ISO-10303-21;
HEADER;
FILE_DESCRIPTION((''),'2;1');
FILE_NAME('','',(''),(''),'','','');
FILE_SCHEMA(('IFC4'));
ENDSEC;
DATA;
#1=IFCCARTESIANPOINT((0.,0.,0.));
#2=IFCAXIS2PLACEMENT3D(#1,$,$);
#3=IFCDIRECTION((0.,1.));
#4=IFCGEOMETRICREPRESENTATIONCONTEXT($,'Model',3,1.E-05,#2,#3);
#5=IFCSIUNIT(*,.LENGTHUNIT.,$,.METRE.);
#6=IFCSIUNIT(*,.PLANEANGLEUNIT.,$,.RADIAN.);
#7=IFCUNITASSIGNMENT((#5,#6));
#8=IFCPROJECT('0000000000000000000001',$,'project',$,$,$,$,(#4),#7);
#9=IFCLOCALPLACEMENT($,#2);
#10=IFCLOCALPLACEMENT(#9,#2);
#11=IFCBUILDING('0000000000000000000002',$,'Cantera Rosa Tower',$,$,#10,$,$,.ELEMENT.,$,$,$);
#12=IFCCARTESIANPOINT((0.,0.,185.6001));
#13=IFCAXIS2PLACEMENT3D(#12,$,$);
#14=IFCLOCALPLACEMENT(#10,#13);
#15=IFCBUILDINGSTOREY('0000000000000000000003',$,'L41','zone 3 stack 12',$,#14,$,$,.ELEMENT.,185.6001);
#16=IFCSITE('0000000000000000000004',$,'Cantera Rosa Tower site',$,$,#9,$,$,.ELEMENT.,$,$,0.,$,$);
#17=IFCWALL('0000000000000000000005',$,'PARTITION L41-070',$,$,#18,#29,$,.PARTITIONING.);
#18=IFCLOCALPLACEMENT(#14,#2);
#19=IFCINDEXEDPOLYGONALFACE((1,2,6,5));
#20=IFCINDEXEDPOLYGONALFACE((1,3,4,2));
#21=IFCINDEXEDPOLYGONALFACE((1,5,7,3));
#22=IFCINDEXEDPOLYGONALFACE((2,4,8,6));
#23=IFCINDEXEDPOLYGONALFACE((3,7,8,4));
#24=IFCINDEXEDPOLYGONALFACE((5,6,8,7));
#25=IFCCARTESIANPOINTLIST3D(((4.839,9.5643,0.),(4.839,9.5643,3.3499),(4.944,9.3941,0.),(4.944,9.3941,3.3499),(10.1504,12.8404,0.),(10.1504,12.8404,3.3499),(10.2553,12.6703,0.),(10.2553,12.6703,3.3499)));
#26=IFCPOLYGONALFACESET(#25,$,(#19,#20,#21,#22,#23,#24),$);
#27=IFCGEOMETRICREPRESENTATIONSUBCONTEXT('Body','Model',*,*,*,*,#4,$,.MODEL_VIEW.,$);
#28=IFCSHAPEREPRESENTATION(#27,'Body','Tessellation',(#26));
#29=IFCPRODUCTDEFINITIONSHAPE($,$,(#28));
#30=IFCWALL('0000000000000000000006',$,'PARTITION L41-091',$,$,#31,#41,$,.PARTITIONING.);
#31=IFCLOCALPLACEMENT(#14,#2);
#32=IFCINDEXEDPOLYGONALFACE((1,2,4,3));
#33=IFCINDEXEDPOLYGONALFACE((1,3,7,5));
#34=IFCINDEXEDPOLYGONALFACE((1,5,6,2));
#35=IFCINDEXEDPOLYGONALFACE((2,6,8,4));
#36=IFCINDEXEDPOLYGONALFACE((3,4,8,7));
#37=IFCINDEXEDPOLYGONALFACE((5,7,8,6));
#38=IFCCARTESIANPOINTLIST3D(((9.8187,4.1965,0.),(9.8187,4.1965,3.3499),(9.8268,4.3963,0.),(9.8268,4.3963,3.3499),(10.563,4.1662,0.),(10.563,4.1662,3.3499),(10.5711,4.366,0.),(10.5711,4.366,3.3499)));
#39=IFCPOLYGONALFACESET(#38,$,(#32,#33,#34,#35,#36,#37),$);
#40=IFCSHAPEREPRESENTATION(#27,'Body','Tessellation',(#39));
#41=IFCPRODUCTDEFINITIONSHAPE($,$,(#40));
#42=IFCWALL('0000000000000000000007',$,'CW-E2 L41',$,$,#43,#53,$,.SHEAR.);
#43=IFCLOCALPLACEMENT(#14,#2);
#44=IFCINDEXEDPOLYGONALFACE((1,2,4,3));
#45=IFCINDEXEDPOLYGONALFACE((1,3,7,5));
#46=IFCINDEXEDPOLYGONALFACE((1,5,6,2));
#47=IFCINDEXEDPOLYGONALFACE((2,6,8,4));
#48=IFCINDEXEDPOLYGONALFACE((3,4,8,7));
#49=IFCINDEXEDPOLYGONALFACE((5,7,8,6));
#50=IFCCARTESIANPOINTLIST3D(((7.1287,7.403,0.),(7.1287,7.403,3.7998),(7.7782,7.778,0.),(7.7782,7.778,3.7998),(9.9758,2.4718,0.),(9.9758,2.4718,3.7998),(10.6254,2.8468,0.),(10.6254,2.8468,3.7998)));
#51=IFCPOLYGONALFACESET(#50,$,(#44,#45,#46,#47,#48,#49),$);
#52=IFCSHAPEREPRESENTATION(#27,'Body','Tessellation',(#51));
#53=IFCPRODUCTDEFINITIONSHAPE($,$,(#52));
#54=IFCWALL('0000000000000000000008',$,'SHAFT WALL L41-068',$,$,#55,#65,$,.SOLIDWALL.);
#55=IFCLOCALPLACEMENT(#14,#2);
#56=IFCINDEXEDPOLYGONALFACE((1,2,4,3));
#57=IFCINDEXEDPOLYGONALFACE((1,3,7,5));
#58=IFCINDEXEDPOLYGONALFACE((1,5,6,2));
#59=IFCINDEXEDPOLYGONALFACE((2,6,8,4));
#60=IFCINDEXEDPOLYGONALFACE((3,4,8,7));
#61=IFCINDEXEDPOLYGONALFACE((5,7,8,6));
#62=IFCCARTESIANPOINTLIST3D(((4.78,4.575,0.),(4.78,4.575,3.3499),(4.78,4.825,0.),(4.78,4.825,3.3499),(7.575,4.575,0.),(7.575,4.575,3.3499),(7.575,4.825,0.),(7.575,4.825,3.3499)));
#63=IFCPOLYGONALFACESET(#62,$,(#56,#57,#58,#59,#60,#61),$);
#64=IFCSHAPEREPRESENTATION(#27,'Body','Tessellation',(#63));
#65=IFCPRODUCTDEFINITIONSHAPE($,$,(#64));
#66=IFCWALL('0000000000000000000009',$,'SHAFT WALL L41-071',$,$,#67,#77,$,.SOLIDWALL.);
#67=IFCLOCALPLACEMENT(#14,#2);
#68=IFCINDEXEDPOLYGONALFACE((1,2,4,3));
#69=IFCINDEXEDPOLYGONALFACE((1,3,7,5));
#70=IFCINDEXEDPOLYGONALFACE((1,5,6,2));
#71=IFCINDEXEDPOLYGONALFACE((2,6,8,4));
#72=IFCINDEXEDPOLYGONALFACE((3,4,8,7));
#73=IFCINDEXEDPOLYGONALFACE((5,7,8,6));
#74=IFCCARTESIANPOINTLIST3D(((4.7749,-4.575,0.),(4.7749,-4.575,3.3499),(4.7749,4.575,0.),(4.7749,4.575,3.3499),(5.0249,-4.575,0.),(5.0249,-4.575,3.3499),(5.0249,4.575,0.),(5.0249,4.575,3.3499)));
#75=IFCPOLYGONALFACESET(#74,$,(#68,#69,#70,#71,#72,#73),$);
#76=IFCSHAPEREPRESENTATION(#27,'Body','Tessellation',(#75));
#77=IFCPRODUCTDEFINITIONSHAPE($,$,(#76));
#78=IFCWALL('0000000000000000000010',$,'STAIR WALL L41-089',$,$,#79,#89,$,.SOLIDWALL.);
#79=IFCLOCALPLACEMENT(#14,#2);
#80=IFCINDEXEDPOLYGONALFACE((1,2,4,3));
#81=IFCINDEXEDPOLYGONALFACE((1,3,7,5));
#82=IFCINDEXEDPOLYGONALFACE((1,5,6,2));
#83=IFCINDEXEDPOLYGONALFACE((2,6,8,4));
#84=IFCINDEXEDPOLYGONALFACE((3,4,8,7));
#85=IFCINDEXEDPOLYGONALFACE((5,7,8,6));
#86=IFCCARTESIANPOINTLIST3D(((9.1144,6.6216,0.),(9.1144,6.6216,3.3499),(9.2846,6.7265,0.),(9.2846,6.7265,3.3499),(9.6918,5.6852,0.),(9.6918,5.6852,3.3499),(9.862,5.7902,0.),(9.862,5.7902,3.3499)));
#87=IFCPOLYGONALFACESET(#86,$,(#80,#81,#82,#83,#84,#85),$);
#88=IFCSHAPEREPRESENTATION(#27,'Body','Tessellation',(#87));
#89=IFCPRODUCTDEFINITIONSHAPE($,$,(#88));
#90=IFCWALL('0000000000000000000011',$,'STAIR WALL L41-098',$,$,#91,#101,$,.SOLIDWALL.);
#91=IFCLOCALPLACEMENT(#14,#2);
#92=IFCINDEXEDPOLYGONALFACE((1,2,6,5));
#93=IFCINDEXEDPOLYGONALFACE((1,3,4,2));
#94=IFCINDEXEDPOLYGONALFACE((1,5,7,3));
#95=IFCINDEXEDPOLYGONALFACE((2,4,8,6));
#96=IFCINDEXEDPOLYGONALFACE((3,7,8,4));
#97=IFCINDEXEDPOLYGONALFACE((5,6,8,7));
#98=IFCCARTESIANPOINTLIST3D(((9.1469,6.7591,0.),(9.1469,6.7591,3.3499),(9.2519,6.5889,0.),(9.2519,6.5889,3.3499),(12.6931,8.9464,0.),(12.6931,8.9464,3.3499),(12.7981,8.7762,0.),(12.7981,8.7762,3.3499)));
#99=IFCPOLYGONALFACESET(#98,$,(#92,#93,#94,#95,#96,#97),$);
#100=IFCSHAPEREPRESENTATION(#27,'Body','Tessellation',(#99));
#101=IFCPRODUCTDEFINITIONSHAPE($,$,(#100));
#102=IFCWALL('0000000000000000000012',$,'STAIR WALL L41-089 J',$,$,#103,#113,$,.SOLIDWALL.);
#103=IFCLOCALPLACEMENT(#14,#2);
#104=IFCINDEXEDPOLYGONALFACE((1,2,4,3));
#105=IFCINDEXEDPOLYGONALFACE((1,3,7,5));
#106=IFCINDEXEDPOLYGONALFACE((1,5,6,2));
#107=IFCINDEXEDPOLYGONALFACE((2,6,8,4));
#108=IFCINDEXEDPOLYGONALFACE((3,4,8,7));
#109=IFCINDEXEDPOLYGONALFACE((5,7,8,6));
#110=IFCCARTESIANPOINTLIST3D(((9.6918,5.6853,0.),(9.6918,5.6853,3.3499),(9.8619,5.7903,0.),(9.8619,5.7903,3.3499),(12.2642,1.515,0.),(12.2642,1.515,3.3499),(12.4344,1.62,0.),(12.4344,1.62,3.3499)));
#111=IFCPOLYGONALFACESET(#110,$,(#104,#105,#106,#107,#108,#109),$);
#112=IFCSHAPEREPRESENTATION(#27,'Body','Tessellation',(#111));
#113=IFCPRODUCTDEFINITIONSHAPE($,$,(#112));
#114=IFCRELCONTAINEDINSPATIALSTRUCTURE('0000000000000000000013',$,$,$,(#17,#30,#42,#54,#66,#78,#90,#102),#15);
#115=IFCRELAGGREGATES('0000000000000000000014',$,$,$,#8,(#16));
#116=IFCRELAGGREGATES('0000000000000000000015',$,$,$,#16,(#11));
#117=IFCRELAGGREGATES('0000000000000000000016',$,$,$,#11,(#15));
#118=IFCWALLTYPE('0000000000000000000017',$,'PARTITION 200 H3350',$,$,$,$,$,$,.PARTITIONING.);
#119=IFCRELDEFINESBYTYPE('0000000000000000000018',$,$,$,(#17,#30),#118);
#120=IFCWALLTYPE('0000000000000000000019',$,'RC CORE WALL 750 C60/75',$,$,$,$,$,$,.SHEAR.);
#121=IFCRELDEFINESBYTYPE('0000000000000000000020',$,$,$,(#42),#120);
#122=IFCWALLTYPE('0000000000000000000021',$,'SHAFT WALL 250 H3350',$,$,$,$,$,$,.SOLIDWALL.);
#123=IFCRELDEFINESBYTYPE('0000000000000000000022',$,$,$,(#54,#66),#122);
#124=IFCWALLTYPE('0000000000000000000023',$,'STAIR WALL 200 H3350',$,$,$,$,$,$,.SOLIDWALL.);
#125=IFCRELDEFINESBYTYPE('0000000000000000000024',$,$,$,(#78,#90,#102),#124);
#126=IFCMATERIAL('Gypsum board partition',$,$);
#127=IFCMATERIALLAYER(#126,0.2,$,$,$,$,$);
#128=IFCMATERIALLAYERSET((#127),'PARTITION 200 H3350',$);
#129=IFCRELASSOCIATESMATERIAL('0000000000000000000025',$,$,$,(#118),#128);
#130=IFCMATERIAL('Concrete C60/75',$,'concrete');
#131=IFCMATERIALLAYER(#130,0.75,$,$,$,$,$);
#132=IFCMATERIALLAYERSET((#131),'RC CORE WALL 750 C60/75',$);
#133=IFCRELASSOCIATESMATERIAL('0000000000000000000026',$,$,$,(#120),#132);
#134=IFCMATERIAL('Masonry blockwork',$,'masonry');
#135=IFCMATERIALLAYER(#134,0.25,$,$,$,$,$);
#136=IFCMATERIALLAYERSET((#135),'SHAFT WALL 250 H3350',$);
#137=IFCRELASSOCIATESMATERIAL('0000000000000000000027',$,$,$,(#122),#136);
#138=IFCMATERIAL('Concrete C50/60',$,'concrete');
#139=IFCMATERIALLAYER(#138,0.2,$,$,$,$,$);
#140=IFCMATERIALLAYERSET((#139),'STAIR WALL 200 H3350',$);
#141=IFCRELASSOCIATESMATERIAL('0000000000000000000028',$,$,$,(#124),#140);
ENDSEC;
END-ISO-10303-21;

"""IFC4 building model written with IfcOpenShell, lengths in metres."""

from ifc_helpers import new_model, si_unit, direction, frame, frame_2d, origin, place, context, subcontext, project, spatial, rectangle, extrude, material, layer, layer_set, type_object, element, save


model = new_model("IFC4")

# Units and contexts
model_context = context("Model", 3, precision=1e-05, world=origin(), true_north=direction((0.0, 1.0)))
body_context = subcontext(model_context, "Body", "Model", "MODEL_VIEW")
ifc_project = project(units=[si_unit("LENGTHUNIT", "METRE"), si_unit("PLANEANGLEUNIT", "RADIAN")], contexts=[model_context])

# Site, building, storey
site_placement = place(None, origin())
site = spatial("IfcSite", under=ifc_project, at=site_placement, Name="Cantera Rosa Tower site", CompositionType="ELEMENT", RefElevation=0.0)
building_placement = place(site_placement, origin())
building = spatial("IfcBuilding", under=site, at=building_placement, Name="Cantera Rosa Tower", CompositionType="ELEMENT")
storey_placement = place(building_placement, frame((0.0, 0.0, 185.6001)))
storey = spatial("IfcBuildingStorey", under=building, at=storey_placement, Name="L41", Description="zone 3 stack 12", CompositionType="ELEMENT", Elevation=185.6001)

# Walls
ifc_material_1 = material(Name="Gypsum board partition")
ifc_layer_1 = layer(ifc_material_1, 0.2)
ifc_layer_set_1 = layer_set([ifc_layer_1], Name="PARTITION 200 H3350")
wall_type_1 = type_object("IfcWallType", Name="PARTITION 200 H3350", PredefinedType="PARTITIONING", material=ifc_layer_set_1)
wall_1_placement = place(storey_placement, frame((4.8916, 9.4792, 0.0), z_axis=(0.0, 0.0, 1.0), x_axis=(0.851111, 0.524986, 0.0)))
element("IfcWall", 1, at=wall_1_placement, inside=storey, type_object=wall_type_1, Name="PARTITION L41-070", PredefinedType="PARTITIONING", context=body_context, shape_type="SweptSolid", body=[
    extrude(rectangle(XDim=6.2405, YDim=0.2, at=frame_2d((3.1201, 0.0))), origin(), (0.0, 0.0, 1.0), 3.3499),
])
wall_2_placement = place(storey_placement, frame((10.5671, 4.2661, 0.0), z_axis=(0.0, 0.0, 1.0), x_axis=(-0.999173, 0.040649, 0.0)))
element("IfcWall", 2, at=wall_2_placement, inside=storey, type_object=wall_type_1, Name="PARTITION L41-091", PredefinedType="PARTITIONING", context=body_context, shape_type="SweptSolid", body=[
    extrude(rectangle(XDim=0.7449, YDim=0.2, at=frame_2d((0.3726, 0.0))), origin(), (0.0, 0.0, 1.0), 3.3499),
])
ifc_material_2 = material(Name="Concrete C60/75", Category="concrete")
ifc_layer_2 = layer(ifc_material_2, 0.75)
ifc_layer_set_2 = layer_set([ifc_layer_2], Name="RC CORE WALL 750 C60/75")
wall_type_2 = type_object("IfcWallType", Name="RC CORE WALL 750 C60/75", PredefinedType="SHEAR", material=ifc_layer_set_2)
wall_3_placement = place(storey_placement, frame((7.4534, 7.5906, 0.0), z_axis=(0.0, 0.0, 1.0), x_axis=(0.500022, -0.866013, 0.0)))
element("IfcWall", 3, at=wall_3_placement, inside=storey, type_object=wall_type_2, Name="CW-E2 L41", PredefinedType="SHEAR", context=body_context, shape_type="SweptSolid", body=[
    extrude(rectangle(XDim=5.6941, YDim=0.75, at=frame_2d((2.8472, 0.0))), origin(), (0.0, 0.0, 1.0), 3.7998),
])
ifc_material_3 = material(Name="Masonry blockwork", Category="masonry")
ifc_layer_3 = layer(ifc_material_3, 0.25)
ifc_layer_set_3 = layer_set([ifc_layer_3], Name="SHAFT WALL 250 H3350")
wall_type_3 = type_object("IfcWallType", Name="SHAFT WALL 250 H3350", PredefinedType="SOLIDWALL", material=ifc_layer_set_3)
wall_4_placement = place(storey_placement, frame((4.78, 4.7, 0.0), z_axis=(0.0, 0.0, 1.0), x_axis=(1.0, 0.0, 0.0)))
element("IfcWall", 4, at=wall_4_placement, inside=storey, type_object=wall_type_3, Name="SHAFT WALL L41-068", PredefinedType="SOLIDWALL", context=body_context, shape_type="SweptSolid", body=[
    extrude(rectangle(XDim=2.7949, YDim=0.25, at=frame_2d((1.3975, 0.0))), origin(), (0.0, 0.0, 1.0), 3.3499),
])
wall_5_placement = place(storey_placement, frame((4.8999, 4.575, 0.0), z_axis=(0.0, 0.0, 1.0), x_axis=(0.0, -1.0, 0.0)))
element("IfcWall", 5, at=wall_5_placement, inside=storey, type_object=wall_type_3, Name="SHAFT WALL L41-071", PredefinedType="SOLIDWALL", context=body_context, shape_type="SweptSolid", body=[
    extrude(rectangle(XDim=9.1499, YDim=0.25, at=frame_2d((4.575, 0.0))), origin(), (0.0, 0.0, 1.0), 3.3499),
])
ifc_material_4 = material(Name="Concrete C50/60", Category="concrete")
ifc_layer_4 = layer(ifc_material_4, 0.2)
ifc_layer_set_4 = layer_set([ifc_layer_4], Name="STAIR WALL 200 H3350")
wall_type_4 = type_object("IfcWallType", Name="STAIR WALL 200 H3350", PredefinedType="SOLIDWALL", material=ifc_layer_set_4)
wall_6_placement = place(storey_placement, frame((9.1995, 6.6741, 0.0), z_axis=(0.0, 0.0, 1.0), x_axis=(0.524902, -0.851163, 0.0)))
element("IfcWall", 6, at=wall_6_placement, inside=storey, type_object=wall_type_4, Name="STAIR WALL L41-089", PredefinedType="SOLIDWALL", context=body_context, shape_type="SweptSolid", body=[
    extrude(rectangle(XDim=1.1001, YDim=0.2, at=frame_2d((0.55, 0.0))), origin(), (0.0, 0.0, 1.0), 3.3499),
])
wall_7_placement = place(storey_placement, frame((12.7456, 8.8613, 0.0), z_axis=(0.0, 0.0, 1.0), x_axis=(-0.851121, -0.52497, 0.0)))
element("IfcWall", 7, at=wall_7_placement, inside=storey, type_object=wall_type_4, Name="STAIR WALL L41-098", PredefinedType="SOLIDWALL", context=body_context, shape_type="SweptSolid", body=[
    extrude(rectangle(XDim=4.1665, YDim=0.2, at=frame_2d((2.0833, 0.0))), origin(), (0.0, 0.0, 1.0), 3.3499),
])
wall_8_placement = place(storey_placement, frame((9.7769, 5.7378, 0.0), z_axis=(0.0, 0.0, 1.0), x_axis=(0.525001, -0.851102, 0.0)))
element("IfcWall", 8, at=wall_8_placement, inside=storey, type_object=wall_type_4, Name="STAIR WALL L41-089 J", PredefinedType="SOLIDWALL", context=body_context, shape_type="SweptSolid", body=[
    extrude(rectangle(XDim=4.8999, YDim=0.2, at=frame_2d((2.45, 0.0))), origin(), (0.0, 0.0, 1.0), 3.3499),
])

save(model, "model.ifc")
